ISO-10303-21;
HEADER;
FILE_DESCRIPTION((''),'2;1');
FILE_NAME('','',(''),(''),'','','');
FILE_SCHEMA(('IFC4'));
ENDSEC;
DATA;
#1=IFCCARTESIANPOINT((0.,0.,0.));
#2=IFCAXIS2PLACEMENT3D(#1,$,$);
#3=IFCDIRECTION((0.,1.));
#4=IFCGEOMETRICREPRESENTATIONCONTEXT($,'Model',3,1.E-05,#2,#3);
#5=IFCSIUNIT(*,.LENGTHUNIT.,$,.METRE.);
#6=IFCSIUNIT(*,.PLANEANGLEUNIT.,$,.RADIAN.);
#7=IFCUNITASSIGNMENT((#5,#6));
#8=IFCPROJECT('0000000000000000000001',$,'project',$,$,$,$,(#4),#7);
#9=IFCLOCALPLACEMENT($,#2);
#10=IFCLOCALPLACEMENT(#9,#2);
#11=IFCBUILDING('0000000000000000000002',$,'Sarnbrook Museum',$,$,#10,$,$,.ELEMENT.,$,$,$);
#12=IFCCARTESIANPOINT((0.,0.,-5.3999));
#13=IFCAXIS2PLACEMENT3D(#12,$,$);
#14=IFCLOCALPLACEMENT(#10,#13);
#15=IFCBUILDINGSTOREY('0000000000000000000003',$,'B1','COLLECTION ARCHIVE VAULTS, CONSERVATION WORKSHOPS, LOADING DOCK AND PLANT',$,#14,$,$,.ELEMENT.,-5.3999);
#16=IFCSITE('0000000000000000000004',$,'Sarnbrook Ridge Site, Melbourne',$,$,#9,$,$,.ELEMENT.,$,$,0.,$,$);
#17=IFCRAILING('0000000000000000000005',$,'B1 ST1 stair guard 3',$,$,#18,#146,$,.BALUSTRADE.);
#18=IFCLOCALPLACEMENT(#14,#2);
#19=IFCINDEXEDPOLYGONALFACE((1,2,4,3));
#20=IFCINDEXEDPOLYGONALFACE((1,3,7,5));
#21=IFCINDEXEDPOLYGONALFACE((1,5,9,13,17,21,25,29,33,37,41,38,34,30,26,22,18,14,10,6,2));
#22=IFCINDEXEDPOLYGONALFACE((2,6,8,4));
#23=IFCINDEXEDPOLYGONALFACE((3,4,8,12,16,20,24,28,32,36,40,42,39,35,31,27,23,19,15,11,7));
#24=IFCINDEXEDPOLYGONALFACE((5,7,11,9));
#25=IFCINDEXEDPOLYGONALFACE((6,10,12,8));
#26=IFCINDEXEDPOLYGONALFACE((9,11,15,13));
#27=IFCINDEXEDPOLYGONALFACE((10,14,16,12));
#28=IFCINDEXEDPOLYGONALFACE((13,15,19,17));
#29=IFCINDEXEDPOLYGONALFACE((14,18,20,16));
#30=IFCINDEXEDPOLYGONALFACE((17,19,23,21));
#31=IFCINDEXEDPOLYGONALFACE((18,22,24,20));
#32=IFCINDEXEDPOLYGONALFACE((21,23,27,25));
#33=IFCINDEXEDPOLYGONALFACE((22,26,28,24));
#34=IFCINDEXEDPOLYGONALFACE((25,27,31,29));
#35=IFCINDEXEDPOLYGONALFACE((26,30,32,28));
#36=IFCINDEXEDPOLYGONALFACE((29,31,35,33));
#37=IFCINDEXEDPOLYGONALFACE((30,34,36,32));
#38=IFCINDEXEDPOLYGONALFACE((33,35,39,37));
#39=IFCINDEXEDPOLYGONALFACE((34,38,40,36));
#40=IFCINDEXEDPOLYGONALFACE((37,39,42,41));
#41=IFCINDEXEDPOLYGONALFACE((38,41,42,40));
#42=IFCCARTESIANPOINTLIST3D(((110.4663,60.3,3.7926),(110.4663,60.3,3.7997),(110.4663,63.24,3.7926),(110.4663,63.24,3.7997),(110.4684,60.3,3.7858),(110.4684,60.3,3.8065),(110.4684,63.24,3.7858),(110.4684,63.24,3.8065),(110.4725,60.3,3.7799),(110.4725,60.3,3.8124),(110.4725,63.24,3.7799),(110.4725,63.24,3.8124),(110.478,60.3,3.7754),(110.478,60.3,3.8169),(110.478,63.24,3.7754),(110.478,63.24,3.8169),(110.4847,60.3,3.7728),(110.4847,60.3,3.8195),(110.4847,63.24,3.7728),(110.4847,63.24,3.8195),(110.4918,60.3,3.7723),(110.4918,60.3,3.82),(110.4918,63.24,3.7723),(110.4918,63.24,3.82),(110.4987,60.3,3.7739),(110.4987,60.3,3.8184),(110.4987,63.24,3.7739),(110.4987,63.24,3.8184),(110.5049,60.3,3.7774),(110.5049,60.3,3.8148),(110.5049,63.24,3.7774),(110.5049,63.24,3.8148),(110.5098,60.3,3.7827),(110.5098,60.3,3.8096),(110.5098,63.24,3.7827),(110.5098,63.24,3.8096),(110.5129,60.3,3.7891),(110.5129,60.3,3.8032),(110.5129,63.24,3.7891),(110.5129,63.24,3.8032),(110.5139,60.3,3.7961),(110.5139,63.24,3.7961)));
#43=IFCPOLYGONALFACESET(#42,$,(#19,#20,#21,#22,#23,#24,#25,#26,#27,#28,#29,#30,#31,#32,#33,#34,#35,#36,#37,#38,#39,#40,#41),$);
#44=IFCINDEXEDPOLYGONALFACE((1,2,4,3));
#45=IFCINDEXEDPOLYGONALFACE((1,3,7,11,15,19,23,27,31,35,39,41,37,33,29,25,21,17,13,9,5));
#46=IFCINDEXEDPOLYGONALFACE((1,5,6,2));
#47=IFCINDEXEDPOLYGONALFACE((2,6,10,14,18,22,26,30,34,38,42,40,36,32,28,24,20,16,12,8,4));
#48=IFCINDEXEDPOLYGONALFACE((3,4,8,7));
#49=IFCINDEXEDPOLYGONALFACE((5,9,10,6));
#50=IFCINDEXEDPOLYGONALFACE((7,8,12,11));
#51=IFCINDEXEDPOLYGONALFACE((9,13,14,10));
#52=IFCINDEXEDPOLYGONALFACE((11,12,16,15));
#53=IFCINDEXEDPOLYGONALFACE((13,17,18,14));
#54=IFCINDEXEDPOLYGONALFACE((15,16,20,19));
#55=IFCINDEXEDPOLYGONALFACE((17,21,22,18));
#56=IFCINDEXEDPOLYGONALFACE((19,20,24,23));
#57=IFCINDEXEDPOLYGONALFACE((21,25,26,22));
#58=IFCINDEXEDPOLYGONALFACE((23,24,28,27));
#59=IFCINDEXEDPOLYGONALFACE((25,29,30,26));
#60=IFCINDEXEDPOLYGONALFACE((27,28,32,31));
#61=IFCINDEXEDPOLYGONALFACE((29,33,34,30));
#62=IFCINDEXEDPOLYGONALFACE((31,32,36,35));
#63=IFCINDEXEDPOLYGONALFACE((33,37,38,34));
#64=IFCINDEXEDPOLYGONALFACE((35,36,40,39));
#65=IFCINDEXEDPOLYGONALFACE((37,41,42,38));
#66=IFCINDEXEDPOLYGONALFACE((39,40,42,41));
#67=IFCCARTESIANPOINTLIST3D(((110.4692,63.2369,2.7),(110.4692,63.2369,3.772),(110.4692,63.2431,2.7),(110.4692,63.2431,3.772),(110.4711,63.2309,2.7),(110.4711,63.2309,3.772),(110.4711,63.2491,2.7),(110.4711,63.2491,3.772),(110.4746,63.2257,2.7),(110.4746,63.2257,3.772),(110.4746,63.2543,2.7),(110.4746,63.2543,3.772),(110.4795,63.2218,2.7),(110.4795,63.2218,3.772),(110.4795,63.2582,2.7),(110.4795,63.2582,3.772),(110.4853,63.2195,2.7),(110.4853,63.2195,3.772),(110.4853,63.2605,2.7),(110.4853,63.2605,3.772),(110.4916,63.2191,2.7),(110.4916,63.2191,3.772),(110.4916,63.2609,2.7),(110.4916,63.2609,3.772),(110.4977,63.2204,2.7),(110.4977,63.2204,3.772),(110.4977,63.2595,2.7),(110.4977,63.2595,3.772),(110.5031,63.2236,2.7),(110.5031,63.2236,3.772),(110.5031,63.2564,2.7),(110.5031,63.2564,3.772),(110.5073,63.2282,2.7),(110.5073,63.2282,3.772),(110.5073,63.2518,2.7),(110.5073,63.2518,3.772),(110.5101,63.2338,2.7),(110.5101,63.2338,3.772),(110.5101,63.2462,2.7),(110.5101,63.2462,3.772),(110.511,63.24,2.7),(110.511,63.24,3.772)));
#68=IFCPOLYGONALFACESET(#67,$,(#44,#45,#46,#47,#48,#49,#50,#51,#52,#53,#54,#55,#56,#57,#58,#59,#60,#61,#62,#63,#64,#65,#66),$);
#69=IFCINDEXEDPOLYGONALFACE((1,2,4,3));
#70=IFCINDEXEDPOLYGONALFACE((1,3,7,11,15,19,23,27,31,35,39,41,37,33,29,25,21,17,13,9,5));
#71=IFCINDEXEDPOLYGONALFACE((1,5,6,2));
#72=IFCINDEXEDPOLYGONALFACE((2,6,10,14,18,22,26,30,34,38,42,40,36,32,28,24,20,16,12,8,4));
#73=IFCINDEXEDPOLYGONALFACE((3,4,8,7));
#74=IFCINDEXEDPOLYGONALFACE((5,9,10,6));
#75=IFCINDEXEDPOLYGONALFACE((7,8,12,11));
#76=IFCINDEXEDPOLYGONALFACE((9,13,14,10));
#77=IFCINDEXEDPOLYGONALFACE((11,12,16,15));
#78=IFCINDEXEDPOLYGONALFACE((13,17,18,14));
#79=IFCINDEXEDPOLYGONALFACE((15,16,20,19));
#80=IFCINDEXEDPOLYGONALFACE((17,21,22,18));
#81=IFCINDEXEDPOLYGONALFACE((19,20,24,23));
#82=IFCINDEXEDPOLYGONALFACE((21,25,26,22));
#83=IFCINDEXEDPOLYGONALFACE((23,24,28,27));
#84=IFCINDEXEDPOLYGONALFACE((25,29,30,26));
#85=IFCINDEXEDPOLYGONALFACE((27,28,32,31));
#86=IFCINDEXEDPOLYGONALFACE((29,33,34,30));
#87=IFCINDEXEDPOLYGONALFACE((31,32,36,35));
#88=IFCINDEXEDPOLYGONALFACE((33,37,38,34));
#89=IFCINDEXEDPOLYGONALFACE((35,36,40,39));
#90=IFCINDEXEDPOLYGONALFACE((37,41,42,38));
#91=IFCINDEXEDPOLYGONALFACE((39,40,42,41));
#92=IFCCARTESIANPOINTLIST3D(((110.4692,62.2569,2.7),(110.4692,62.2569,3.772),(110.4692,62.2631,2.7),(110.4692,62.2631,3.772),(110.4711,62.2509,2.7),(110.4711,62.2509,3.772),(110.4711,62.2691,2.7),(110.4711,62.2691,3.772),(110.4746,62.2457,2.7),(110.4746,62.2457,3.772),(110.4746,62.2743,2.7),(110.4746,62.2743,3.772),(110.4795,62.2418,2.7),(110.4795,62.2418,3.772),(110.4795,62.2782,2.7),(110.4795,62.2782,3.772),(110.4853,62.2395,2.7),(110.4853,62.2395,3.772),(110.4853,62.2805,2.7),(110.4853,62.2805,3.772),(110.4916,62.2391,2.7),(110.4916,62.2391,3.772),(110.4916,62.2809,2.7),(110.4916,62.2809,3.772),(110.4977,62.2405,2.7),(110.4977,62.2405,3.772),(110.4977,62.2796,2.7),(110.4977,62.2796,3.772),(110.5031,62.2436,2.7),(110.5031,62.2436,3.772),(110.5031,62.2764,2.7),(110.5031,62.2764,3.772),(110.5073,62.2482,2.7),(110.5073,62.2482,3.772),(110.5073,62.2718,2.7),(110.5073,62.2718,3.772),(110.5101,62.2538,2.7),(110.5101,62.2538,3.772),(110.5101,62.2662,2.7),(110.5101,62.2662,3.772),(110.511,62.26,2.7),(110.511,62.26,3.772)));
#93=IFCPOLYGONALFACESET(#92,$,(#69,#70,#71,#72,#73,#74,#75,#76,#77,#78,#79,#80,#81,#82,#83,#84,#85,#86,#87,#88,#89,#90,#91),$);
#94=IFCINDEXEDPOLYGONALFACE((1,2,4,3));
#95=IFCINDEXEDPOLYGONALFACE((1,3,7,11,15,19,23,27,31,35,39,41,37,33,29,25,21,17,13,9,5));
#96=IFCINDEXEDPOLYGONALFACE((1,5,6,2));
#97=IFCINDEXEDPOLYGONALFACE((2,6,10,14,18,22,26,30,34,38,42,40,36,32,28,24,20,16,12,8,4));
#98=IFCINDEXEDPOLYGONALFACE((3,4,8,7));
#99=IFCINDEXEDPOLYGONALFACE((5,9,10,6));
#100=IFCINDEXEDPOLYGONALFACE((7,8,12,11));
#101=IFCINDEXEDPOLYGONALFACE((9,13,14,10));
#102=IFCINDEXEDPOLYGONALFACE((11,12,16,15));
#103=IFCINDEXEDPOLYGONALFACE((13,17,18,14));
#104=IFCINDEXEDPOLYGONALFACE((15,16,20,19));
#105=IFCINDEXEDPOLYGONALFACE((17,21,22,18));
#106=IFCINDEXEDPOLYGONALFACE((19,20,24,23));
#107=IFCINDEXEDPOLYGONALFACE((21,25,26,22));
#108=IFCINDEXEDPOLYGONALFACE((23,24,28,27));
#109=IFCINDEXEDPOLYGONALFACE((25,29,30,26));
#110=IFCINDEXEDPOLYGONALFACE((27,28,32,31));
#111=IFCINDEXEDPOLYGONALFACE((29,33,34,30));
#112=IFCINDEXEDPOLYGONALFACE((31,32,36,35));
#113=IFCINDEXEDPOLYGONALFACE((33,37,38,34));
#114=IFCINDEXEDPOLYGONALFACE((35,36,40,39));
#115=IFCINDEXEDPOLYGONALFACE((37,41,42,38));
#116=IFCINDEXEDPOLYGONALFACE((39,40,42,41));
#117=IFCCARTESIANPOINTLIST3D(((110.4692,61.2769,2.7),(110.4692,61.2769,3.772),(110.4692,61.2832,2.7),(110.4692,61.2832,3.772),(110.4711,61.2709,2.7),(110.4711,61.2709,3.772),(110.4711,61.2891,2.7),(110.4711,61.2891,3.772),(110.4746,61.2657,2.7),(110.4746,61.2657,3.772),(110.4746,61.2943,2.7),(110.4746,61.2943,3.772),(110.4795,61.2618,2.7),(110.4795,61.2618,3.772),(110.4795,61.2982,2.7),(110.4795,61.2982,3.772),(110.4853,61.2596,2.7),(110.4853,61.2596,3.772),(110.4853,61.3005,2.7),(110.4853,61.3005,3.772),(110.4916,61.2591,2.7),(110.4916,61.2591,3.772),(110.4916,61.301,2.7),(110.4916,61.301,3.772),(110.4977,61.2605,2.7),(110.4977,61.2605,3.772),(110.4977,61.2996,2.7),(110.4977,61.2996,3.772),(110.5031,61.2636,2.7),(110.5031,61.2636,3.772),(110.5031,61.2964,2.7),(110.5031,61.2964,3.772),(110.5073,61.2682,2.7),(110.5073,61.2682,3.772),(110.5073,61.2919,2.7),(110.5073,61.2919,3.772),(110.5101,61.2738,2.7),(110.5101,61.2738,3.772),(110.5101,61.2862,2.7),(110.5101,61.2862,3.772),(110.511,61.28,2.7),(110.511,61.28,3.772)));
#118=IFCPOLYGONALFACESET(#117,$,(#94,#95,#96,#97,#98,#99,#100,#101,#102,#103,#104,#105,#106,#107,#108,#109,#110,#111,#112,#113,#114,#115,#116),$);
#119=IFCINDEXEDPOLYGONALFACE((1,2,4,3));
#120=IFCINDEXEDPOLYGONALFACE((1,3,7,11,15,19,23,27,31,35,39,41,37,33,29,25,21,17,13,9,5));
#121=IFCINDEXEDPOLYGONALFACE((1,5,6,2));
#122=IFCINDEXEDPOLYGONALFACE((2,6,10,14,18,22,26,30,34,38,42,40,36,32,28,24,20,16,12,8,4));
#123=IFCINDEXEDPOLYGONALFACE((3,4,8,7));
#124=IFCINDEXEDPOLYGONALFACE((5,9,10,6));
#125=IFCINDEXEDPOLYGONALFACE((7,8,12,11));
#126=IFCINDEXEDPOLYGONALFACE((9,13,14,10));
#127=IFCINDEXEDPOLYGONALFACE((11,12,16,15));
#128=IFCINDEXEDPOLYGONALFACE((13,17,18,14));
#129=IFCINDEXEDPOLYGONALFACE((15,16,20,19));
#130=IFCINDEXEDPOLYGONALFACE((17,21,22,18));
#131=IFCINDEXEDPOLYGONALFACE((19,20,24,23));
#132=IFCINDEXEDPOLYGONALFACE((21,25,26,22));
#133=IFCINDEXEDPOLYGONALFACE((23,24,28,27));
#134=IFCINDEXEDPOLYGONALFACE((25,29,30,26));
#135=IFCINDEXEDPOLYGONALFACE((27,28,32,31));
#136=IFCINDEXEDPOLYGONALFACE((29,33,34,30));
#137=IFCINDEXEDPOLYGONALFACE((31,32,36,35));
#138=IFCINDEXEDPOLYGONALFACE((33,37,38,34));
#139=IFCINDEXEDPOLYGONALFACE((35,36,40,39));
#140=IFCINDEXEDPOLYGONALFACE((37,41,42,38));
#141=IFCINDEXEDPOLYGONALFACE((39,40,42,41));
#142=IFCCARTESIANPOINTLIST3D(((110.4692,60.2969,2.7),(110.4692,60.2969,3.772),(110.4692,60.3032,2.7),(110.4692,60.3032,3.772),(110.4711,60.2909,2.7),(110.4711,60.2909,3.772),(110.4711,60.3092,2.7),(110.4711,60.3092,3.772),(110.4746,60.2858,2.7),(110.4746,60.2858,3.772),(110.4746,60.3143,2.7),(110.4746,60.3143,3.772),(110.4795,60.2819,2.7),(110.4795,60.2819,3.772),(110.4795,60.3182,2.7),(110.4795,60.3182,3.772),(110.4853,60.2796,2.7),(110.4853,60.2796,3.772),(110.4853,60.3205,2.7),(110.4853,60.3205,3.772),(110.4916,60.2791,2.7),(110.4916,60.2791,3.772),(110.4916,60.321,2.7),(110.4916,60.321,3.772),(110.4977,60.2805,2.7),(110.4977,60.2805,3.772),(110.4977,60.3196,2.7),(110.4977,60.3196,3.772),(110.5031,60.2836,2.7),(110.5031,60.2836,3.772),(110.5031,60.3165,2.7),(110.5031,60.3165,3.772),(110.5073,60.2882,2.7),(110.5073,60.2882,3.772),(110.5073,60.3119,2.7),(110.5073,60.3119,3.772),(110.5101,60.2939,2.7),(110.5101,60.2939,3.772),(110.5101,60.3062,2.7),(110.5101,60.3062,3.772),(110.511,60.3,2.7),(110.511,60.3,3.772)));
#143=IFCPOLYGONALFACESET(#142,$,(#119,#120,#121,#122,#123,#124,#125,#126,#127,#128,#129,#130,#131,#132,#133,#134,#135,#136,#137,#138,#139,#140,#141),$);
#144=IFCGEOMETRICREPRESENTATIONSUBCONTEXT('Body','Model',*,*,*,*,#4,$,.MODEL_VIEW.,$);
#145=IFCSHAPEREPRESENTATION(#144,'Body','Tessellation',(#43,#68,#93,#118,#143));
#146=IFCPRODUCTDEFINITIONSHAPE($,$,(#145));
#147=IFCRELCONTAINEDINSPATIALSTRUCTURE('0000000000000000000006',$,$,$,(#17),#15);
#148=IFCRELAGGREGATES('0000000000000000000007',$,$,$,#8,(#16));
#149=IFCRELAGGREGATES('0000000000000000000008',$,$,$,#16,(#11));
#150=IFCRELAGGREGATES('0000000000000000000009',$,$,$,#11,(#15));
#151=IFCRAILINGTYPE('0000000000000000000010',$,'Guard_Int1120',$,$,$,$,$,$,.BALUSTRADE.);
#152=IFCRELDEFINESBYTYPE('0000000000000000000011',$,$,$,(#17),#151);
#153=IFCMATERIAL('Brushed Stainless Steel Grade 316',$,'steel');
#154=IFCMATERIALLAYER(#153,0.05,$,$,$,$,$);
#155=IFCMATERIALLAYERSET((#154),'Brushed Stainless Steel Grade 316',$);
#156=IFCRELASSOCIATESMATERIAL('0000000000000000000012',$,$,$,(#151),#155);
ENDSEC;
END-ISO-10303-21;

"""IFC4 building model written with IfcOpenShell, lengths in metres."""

from ifc_helpers import new_model, si_unit, direction, frame, origin, origin_2d, place, context, subcontext, project, spatial, circle, extrude, material, layer, layer_set, type_object, element, save


model = new_model("IFC4")

# Units and contexts
model_context = context("Model", 3, precision=1e-05, world=origin(), true_north=direction((0.0, 1.0)))
body_context = subcontext(model_context, "Body", "Model", "MODEL_VIEW")
ifc_project = project(units=[si_unit("LENGTHUNIT", "METRE"), si_unit("PLANEANGLEUNIT", "RADIAN")], contexts=[model_context])

# Site, building, storey
site_placement = place(None, origin())
site = spatial("IfcSite", under=ifc_project, at=site_placement, Name="Sarnbrook Ridge Site, Melbourne", CompositionType="ELEMENT", RefElevation=0.0)
building_placement = place(site_placement, origin())
building = spatial("IfcBuilding", under=site, at=building_placement, Name="Sarnbrook Museum", CompositionType="ELEMENT")
storey_placement = place(building_placement, frame((0.0, 0.0, -5.3999)))
storey = spatial("IfcBuildingStorey", under=building, at=storey_placement, Name="B1", Description="COLLECTION ARCHIVE VAULTS, CONSERVATION WORKSHOPS, LOADING DOCK AND PLANT", CompositionType="ELEMENT", Elevation=-5.3999)

# Shared definitions
ifc_material_1 = material(Name="Brushed Stainless Steel Grade 316", Category="steel")

# Railing
ifc_layer_1 = layer(ifc_material_1, 0.05)
ifc_layer_set_1 = layer_set([ifc_layer_1], Name="Brushed Stainless Steel Grade 316")
railing_type_1 = type_object("IfcRailingType", Name="Guard_Int1120", PredefinedType="BALUSTRADE", material=ifc_layer_set_1)
for number, where, name in (
    (1, (110.49, 63.24, 2.7), "B1 ST1 stair guard 3"),
):
    element("IfcRailing", number, at=place(storey_placement, frame(where)), inside=storey, type_object=railing_type_1, Name=name, PredefinedType="BALUSTRADE", context=body_context, shape_type="SweptSolid", body=[
        extrude(circle(Radius=0.0239, at=origin_2d()), frame((0.0, 0.0, 1.0962), z_axis=(0.0, -1.0, 0.0), x_axis=(1.0, 0.0, 0.0)), (0.0, 0.0, 1.0), 2.9399),
        extrude(circle(Radius=0.021, at=origin_2d()), origin(), (0.0, 0.0, 1.0), 1.072),
        extrude(circle(Radius=0.021, at=origin_2d()), frame((0.0, -0.98, 0.0)), (0.0, 0.0, 1.0), 1.072),
        extrude(circle(Radius=0.021, at=origin_2d()), frame((0.0, -1.96, 0.0)), (0.0, 0.0, 1.0), 1.072),
        extrude(circle(Radius=0.021, at=origin_2d()), frame((0.0, -2.9399, 0.0)), (0.0, 0.0, 1.0), 1.072),
    ])

save(model, "model.ifc")
